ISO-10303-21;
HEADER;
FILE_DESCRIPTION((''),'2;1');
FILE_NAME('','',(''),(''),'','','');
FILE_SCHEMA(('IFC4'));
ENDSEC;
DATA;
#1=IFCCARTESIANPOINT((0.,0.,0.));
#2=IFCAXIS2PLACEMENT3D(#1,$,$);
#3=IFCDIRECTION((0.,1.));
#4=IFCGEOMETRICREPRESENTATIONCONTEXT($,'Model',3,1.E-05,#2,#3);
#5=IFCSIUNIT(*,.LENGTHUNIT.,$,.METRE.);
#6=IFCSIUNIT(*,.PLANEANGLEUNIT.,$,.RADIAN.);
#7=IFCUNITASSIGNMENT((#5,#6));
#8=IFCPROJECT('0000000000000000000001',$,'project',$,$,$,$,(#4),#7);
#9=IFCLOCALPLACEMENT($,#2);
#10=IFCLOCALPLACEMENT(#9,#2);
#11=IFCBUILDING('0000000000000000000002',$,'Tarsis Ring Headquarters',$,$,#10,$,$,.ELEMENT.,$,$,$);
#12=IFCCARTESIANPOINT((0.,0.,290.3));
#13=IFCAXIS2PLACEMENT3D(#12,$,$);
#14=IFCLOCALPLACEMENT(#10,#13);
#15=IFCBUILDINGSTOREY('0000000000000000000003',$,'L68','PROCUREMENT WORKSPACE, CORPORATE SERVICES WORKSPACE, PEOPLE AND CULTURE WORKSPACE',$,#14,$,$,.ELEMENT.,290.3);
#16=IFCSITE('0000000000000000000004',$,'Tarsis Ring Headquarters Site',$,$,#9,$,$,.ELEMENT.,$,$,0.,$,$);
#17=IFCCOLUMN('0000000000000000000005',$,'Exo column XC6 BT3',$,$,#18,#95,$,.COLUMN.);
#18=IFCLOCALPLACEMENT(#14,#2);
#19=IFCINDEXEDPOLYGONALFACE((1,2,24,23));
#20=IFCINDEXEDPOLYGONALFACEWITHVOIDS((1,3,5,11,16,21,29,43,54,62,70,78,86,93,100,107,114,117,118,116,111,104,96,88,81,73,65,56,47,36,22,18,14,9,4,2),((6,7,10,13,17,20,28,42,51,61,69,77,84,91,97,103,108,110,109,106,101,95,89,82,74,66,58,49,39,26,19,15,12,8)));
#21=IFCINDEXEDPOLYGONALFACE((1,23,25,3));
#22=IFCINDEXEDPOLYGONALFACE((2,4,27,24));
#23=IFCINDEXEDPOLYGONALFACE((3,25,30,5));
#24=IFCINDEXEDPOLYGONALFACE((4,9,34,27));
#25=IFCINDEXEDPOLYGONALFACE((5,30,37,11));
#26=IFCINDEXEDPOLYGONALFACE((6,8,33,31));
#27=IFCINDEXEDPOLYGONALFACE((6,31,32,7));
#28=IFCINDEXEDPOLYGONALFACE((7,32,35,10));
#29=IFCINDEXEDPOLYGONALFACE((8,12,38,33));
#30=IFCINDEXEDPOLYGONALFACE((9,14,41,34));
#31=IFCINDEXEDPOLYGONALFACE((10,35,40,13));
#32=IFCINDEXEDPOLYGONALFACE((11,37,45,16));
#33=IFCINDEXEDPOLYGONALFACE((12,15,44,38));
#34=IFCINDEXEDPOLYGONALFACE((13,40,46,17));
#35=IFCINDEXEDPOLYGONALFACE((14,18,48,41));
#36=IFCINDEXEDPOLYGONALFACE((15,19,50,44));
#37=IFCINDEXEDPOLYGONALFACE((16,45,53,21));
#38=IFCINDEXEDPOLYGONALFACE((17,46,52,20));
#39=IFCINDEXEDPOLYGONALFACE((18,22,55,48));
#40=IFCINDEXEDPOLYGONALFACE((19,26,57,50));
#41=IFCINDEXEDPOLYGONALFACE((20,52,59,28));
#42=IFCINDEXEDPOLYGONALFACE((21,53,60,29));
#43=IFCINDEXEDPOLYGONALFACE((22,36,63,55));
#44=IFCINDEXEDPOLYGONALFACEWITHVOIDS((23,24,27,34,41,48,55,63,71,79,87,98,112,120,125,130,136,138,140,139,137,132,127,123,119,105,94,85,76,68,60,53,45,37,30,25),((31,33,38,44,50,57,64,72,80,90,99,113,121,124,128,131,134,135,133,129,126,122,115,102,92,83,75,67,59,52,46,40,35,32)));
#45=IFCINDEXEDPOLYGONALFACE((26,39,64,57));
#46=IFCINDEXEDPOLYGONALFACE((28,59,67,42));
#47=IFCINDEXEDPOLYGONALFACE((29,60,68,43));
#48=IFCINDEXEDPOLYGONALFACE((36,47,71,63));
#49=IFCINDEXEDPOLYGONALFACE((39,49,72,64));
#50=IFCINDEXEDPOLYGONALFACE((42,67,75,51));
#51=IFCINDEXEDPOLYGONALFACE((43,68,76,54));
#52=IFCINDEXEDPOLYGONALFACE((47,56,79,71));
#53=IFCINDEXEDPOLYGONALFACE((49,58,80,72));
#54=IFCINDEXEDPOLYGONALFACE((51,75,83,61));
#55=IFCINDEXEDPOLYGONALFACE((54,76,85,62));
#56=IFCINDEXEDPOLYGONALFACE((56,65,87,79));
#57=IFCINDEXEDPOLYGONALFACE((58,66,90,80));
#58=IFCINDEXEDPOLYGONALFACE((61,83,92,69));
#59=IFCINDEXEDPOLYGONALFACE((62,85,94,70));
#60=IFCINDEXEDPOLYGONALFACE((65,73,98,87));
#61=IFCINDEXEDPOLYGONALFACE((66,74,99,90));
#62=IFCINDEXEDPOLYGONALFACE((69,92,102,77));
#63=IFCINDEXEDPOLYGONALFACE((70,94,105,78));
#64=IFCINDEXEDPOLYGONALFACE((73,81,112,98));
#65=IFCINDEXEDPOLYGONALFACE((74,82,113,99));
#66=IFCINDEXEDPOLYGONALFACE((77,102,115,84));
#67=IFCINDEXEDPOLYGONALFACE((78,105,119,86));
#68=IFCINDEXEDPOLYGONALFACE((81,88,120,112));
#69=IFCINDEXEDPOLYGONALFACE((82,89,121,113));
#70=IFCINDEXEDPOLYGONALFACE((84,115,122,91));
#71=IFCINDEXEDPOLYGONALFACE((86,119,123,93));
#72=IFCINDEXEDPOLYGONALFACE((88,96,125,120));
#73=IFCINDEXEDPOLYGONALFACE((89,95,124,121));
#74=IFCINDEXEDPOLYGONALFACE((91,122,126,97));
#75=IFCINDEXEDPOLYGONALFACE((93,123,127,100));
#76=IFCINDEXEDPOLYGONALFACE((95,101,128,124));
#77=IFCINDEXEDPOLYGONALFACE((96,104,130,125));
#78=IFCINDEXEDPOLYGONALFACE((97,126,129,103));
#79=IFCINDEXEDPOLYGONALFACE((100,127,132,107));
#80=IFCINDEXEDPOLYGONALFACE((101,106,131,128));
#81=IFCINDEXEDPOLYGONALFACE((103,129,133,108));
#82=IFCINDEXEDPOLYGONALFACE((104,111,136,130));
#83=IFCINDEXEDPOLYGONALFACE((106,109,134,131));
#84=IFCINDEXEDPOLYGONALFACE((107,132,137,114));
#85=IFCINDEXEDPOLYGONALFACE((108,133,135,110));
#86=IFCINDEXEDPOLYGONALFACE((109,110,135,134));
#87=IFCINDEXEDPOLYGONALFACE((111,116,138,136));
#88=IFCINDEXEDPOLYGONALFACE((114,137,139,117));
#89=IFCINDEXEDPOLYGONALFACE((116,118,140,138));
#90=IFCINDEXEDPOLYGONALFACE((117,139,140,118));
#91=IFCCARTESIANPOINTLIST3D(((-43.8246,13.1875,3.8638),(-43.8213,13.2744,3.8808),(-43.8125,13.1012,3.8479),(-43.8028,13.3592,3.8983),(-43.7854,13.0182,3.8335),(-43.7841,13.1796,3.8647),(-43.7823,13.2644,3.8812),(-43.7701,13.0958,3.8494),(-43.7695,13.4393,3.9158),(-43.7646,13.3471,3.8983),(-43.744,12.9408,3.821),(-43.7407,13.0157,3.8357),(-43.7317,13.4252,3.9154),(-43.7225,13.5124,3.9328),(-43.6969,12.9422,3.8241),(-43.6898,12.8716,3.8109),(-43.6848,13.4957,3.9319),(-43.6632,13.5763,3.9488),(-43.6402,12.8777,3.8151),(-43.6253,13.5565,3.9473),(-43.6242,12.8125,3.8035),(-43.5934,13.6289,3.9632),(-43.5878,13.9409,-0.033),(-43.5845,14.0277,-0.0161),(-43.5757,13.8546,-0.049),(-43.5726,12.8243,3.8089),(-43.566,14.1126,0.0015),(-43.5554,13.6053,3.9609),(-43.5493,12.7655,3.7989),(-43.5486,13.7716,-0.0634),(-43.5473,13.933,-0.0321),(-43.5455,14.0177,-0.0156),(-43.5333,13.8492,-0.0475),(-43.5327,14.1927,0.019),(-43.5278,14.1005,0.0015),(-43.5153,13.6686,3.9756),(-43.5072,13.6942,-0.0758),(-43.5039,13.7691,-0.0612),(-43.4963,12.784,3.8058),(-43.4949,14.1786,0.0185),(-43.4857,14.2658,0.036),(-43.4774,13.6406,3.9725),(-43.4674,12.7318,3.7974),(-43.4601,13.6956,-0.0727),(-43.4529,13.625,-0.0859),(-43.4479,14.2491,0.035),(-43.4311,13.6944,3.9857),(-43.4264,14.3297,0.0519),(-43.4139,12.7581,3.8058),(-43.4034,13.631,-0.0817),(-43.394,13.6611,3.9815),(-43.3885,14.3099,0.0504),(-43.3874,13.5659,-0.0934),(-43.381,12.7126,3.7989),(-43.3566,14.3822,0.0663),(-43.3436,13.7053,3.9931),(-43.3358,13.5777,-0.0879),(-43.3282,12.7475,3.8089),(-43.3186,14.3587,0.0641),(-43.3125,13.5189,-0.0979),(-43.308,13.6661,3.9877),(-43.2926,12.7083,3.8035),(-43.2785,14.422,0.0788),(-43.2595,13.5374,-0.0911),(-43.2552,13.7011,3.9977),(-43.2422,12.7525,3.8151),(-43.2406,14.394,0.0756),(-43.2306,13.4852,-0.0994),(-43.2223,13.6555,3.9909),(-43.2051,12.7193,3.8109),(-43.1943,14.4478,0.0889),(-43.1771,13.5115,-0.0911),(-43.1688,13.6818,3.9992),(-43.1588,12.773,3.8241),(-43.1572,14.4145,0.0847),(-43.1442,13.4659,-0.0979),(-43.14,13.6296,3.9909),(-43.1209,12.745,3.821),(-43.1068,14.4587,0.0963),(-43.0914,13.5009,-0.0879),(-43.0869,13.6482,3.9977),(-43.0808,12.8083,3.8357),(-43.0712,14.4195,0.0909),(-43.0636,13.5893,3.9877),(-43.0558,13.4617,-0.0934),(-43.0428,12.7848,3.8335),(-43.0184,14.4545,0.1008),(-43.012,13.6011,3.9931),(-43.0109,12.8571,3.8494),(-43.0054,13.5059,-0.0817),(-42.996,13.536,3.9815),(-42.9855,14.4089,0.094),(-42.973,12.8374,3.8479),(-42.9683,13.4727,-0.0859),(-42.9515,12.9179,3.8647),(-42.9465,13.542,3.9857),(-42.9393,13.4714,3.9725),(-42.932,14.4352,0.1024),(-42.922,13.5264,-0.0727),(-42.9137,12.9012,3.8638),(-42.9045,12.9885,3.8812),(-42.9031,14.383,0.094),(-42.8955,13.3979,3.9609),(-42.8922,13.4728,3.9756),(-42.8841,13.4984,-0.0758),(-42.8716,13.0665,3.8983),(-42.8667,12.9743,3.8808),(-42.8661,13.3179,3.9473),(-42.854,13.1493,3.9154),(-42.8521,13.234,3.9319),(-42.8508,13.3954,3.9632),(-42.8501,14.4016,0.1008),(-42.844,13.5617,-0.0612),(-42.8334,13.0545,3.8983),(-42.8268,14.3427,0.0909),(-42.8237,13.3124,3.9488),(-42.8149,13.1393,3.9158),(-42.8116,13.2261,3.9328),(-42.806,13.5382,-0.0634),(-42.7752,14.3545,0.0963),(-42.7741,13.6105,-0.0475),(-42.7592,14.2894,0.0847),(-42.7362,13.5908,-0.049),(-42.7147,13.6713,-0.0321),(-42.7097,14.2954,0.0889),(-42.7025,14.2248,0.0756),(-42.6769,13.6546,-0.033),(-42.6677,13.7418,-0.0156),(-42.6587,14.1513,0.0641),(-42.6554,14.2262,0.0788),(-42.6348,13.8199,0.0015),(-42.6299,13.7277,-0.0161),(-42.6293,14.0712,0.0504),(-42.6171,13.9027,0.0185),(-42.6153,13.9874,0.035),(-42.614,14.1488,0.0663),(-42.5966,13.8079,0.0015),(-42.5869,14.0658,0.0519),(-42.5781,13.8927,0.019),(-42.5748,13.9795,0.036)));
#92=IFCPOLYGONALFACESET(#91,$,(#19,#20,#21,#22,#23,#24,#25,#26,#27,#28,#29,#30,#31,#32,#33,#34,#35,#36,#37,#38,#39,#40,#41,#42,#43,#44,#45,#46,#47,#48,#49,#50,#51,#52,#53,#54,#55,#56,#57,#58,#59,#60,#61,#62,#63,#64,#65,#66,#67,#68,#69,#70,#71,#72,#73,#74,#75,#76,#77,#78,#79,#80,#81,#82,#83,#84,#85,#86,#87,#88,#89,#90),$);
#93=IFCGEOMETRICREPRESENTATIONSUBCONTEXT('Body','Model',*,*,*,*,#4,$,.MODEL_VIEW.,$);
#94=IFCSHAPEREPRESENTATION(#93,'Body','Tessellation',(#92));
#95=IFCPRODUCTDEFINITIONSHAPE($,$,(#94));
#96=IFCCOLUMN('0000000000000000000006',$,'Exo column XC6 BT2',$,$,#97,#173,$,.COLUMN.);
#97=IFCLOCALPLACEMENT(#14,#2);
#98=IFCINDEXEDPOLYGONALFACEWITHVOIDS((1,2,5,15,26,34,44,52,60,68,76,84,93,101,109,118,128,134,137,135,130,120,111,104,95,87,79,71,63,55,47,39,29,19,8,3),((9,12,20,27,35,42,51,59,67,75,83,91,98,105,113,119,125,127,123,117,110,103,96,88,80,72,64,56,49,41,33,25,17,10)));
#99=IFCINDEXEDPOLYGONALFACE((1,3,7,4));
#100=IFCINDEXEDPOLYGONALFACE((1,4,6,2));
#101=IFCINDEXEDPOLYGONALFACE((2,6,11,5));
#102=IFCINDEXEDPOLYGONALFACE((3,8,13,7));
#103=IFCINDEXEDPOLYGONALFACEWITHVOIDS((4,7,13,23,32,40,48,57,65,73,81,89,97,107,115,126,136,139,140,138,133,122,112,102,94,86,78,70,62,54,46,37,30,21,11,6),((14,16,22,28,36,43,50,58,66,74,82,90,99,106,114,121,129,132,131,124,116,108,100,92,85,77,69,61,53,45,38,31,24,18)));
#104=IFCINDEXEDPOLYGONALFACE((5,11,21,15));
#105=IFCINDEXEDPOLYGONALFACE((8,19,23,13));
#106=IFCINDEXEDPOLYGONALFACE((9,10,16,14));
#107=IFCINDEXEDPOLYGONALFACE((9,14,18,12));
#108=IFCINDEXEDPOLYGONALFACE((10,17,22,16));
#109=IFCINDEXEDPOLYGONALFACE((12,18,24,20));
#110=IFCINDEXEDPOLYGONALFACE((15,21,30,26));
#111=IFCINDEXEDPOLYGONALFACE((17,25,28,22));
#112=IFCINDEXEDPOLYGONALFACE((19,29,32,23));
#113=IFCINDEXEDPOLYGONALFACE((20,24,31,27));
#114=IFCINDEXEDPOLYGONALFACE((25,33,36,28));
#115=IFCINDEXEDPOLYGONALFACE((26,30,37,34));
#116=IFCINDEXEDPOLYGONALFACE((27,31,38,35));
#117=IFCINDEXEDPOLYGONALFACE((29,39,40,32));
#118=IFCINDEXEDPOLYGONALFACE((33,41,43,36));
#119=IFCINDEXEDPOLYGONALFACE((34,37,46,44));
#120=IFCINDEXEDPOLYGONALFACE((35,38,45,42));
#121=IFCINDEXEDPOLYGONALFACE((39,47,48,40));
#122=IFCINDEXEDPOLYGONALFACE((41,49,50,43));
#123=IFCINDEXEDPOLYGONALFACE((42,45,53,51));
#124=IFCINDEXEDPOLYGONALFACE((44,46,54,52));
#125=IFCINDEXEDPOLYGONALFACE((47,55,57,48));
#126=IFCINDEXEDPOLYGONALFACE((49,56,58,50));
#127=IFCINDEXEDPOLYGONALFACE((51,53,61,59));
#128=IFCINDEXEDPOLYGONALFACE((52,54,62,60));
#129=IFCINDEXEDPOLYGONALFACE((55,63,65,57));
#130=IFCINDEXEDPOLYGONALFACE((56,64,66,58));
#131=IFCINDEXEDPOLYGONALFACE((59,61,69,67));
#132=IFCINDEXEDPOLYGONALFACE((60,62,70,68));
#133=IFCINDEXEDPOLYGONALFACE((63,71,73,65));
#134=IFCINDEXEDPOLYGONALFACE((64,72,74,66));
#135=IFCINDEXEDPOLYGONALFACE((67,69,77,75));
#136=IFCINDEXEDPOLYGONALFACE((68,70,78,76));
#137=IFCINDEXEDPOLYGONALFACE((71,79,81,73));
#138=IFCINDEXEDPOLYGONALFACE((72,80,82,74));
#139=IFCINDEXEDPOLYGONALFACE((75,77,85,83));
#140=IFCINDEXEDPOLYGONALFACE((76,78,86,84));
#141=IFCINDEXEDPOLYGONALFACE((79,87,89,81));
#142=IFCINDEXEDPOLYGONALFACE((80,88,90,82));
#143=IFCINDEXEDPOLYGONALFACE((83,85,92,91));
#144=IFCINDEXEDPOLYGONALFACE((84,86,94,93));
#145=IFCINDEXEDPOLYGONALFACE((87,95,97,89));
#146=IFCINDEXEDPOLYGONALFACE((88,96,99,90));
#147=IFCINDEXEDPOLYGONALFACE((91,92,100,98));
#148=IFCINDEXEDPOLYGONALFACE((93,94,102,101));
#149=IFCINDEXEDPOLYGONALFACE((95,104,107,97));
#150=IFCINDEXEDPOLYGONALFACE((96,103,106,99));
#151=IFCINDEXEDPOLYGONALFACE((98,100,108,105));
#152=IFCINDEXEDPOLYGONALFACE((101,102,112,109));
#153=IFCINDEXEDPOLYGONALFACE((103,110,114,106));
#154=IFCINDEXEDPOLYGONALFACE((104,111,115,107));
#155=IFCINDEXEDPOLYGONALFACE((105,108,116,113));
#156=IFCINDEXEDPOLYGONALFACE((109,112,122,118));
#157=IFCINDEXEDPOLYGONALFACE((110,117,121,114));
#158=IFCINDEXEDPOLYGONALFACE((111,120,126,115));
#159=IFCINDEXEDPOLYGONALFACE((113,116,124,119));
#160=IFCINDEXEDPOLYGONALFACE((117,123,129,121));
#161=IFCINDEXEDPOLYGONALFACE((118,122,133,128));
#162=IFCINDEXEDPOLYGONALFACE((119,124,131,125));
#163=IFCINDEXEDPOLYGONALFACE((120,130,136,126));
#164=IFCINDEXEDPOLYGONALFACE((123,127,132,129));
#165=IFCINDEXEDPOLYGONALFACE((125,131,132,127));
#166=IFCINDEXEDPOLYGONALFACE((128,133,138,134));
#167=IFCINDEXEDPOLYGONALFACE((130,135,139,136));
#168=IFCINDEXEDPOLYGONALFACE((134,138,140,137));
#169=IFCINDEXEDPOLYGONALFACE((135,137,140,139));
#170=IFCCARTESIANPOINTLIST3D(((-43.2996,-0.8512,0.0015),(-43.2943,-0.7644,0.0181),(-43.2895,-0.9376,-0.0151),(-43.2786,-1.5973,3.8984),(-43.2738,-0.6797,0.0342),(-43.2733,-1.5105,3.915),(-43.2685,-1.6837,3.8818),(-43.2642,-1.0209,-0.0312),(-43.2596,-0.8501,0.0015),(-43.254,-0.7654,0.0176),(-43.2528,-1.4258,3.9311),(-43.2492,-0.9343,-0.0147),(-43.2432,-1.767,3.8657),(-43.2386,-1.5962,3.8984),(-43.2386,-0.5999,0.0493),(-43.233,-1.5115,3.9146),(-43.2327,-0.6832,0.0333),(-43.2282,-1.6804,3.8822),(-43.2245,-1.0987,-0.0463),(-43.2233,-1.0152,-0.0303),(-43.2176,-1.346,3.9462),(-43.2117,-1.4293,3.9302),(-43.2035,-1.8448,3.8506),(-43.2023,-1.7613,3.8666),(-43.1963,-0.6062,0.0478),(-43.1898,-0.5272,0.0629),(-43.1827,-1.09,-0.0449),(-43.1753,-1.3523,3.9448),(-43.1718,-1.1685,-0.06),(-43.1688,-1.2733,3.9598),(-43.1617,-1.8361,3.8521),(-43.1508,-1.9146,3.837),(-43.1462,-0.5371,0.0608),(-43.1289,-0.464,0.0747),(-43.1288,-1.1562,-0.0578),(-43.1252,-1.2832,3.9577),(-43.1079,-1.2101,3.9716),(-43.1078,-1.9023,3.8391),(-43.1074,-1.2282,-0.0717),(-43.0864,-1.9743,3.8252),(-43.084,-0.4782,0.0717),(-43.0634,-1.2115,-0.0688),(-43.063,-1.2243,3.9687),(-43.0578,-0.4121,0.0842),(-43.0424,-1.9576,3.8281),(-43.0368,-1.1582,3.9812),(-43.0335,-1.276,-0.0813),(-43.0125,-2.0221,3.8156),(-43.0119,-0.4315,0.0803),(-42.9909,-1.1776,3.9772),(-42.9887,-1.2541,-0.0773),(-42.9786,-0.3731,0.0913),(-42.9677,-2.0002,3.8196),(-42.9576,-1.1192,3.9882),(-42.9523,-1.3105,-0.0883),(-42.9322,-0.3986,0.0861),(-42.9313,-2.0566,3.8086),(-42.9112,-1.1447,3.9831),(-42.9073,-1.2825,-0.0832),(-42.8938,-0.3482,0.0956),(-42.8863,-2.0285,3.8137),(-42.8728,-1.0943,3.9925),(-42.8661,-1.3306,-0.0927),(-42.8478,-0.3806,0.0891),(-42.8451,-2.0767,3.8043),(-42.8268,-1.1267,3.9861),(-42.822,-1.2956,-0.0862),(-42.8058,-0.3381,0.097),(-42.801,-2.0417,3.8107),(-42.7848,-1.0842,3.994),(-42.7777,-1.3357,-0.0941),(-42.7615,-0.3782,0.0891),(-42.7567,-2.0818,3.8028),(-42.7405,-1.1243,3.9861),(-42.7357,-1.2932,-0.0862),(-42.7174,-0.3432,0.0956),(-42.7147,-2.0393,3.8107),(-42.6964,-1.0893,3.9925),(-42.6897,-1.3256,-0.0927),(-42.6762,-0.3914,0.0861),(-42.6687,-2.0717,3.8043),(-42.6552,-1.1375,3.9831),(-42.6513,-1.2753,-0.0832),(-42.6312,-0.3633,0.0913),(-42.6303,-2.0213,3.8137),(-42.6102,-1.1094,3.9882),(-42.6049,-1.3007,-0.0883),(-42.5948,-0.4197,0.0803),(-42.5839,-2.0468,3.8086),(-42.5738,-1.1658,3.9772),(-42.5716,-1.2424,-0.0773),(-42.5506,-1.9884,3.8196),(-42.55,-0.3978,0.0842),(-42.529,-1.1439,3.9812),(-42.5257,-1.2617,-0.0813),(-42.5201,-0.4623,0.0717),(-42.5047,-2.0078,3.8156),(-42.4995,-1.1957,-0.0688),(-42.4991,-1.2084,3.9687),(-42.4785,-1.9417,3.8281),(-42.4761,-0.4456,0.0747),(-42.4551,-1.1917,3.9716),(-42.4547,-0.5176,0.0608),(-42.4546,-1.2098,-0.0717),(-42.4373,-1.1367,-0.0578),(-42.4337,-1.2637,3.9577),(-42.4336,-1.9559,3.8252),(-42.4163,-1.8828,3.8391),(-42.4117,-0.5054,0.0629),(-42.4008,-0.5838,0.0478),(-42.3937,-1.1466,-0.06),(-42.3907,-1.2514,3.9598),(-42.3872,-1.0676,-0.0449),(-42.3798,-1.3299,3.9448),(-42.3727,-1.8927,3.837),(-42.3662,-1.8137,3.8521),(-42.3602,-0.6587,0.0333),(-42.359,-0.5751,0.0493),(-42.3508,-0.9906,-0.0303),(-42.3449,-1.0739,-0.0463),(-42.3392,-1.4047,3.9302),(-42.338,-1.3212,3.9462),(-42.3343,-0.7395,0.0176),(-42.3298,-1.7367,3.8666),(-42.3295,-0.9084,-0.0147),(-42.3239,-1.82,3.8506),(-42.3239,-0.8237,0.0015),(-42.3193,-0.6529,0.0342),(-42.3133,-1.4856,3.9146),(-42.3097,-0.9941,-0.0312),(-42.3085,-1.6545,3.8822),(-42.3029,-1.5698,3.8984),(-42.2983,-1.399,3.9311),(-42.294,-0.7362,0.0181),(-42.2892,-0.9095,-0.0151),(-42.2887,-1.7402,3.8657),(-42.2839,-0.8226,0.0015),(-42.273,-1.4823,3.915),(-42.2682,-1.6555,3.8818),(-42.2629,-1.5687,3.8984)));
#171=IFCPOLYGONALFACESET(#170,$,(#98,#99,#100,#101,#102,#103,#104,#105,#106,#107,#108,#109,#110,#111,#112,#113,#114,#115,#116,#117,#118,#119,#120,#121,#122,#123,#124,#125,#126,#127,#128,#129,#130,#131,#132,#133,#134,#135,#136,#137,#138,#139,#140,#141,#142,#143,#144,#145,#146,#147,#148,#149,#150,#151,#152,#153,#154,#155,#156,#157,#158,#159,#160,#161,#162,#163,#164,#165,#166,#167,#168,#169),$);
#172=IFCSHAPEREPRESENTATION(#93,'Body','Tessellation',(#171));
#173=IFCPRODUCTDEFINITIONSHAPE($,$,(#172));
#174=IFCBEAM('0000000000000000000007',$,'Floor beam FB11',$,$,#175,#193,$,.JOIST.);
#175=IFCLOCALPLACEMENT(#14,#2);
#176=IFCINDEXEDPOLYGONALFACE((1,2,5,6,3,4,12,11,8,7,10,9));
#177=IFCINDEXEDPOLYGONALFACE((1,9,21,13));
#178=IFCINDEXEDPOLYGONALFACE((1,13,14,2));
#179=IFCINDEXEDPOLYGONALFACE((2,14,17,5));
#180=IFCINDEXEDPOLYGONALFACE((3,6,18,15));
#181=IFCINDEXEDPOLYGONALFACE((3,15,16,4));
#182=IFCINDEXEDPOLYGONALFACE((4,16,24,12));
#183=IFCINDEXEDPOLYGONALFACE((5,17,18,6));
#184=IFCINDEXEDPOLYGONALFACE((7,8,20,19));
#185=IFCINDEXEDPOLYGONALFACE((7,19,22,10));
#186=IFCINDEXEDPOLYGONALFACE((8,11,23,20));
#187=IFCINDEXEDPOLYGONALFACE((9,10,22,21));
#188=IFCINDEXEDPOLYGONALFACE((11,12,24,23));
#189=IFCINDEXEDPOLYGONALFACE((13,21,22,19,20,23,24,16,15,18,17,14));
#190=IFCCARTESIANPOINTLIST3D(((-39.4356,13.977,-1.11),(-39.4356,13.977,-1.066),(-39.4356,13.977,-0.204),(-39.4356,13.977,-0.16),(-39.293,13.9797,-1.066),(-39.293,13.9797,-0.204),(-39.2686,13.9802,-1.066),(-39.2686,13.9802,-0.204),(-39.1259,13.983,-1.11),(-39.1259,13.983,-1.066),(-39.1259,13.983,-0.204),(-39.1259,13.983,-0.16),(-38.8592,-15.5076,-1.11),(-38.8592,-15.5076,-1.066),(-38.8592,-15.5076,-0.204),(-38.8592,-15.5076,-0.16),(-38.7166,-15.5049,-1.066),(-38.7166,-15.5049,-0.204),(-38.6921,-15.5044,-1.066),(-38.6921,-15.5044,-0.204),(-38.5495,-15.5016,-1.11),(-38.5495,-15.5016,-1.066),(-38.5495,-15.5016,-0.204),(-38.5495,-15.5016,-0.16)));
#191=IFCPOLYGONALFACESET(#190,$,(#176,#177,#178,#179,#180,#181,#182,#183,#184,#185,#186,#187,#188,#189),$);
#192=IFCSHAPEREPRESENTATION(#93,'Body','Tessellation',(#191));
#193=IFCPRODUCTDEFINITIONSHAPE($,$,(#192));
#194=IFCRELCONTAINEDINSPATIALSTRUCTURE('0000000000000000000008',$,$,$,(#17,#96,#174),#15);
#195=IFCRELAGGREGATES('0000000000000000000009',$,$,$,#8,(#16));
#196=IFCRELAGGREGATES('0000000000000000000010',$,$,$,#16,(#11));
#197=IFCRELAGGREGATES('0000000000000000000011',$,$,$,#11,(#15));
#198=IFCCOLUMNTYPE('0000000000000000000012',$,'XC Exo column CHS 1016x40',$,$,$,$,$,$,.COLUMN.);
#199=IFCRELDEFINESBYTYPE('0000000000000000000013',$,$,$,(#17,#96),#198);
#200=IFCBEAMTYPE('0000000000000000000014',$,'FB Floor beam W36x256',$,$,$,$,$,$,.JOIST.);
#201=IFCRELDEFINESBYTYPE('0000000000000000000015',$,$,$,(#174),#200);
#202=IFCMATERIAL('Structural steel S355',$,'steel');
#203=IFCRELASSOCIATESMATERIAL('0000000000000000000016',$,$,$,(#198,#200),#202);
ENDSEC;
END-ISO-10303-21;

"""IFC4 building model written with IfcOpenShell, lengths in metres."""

from ifc_helpers import new_model, si_unit, direction, frame, origin, origin_2d, place, context, subcontext, project, spatial, hollow_circle, i_section, extrude, material, material_profile, profile_set, type_object, element, save


model = new_model("IFC4")

# Units and contexts
model_context = context("Model", 3, precision=1e-05, world=origin(), true_north=direction((0.0, 1.0)))
body_context = subcontext(model_context, "Body", "Model", "MODEL_VIEW")
ifc_project = project(units=[si_unit("LENGTHUNIT", "METRE"), si_unit("PLANEANGLEUNIT", "RADIAN")], contexts=[model_context])

# Site, building, storey
site_placement = place(None, origin())
site = spatial("IfcSite", under=ifc_project, at=site_placement, Name="Tarsis Ring Headquarters Site", CompositionType="ELEMENT", RefElevation=0.0)
building_placement = place(site_placement, origin())
building = spatial("IfcBuilding", under=site, at=building_placement, Name="Tarsis Ring Headquarters", CompositionType="ELEMENT")
storey_placement = place(building_placement, frame((0.0, 0.0, 290.3)))
storey = spatial("IfcBuildingStorey", under=building, at=storey_placement, Name="L68", Description="PROCUREMENT WORKSPACE, CORPORATE SERVICES WORKSPACE, PEOPLE AND CULTURE WORKSPACE", CompositionType="ELEMENT", Elevation=290.3)

# Columns
ifc_material_1 = material(Name="Structural steel S355", Category="steel")
ifc_material_profile_1 = material_profile(ifc_material_1, hollow_circle(Radius=0.5081, WallThickness=0.04, at=origin_2d()), Name="CHS 1016x40")
ifc_profile_set_1 = profile_set([ifc_material_profile_1], Name="Structural steel S355")
column_type = type_object("IfcColumnType", Name="XC Exo column CHS 1016x40", PredefinedType="COLUMN", material=ifc_profile_set_1)
column_1_placement = place(storey_placement, frame((-43.0813, 13.9602, 0.0015), z_axis=(-0.059559, -0.189482, 0.980076), x_axis=(0.953984, -0.299859, 0.0)))
element("IfcColumn", 1, at=column_1_placement, inside=storey, type_object=column_type, Name="Exo column XC6 BT3", PredefinedType="COLUMN", context=body_context, shape_type="SweptSolid", body=[
    extrude(hollow_circle(Radius=0.5081, WallThickness=0.04, at=origin_2d()), origin(), (0.0, 0.0, 1.0), 3.9761),
])
column_2_placement = place(storey_placement, frame((-42.7917, -0.8369, 0.0015), z_axis=(0.005292, -0.188037, 0.982148), x_axis=(0.999604, 0.02813, 0.0)))
element("IfcColumn", 2, at=column_2_placement, inside=storey, type_object=column_type, Name="Exo column XC6 BT2", PredefinedType="COLUMN", context=body_context, shape_type="SweptSolid", body=[
    extrude(hollow_circle(Radius=0.5081, WallThickness=0.04, at=origin_2d()), origin(), (0.0, 0.0, 1.0), 3.9678),
])

# Beam
ifc_material_profile_2 = material_profile(ifc_material_1, i_section(OverallWidth=0.3098, OverallDepth=0.95, WebThickness=0.0244, FlangeThickness=0.0439, at=origin_2d()), Name="W36x256")
ifc_profile_set_2 = profile_set([ifc_material_profile_2], Name="Structural steel S355")
beam_type_1 = type_object("IfcBeamType", Name="FB Floor beam W36x256", PredefinedType="JOIST", material=ifc_profile_set_2)
beam_1_placement = place(storey_placement, frame((-39.2808, 13.98, -0.635), z_axis=(0.019546, -0.999809, 0.0), x_axis=(0.999809, 0.019546, 0.0)))
element("IfcBeam", 3, at=beam_1_placement, inside=storey, type_object=beam_type_1, Name="Floor beam FB11", PredefinedType="JOIST", context=body_context, shape_type="SweptSolid", body=[
    extrude(i_section(OverallWidth=0.3098, OverallDepth=0.95, WebThickness=0.0244, FlangeThickness=0.0439, at=origin_2d()), origin(), (0.0, 0.0, 1.0), 29.4902),
])

save(model, "model.ifc")
